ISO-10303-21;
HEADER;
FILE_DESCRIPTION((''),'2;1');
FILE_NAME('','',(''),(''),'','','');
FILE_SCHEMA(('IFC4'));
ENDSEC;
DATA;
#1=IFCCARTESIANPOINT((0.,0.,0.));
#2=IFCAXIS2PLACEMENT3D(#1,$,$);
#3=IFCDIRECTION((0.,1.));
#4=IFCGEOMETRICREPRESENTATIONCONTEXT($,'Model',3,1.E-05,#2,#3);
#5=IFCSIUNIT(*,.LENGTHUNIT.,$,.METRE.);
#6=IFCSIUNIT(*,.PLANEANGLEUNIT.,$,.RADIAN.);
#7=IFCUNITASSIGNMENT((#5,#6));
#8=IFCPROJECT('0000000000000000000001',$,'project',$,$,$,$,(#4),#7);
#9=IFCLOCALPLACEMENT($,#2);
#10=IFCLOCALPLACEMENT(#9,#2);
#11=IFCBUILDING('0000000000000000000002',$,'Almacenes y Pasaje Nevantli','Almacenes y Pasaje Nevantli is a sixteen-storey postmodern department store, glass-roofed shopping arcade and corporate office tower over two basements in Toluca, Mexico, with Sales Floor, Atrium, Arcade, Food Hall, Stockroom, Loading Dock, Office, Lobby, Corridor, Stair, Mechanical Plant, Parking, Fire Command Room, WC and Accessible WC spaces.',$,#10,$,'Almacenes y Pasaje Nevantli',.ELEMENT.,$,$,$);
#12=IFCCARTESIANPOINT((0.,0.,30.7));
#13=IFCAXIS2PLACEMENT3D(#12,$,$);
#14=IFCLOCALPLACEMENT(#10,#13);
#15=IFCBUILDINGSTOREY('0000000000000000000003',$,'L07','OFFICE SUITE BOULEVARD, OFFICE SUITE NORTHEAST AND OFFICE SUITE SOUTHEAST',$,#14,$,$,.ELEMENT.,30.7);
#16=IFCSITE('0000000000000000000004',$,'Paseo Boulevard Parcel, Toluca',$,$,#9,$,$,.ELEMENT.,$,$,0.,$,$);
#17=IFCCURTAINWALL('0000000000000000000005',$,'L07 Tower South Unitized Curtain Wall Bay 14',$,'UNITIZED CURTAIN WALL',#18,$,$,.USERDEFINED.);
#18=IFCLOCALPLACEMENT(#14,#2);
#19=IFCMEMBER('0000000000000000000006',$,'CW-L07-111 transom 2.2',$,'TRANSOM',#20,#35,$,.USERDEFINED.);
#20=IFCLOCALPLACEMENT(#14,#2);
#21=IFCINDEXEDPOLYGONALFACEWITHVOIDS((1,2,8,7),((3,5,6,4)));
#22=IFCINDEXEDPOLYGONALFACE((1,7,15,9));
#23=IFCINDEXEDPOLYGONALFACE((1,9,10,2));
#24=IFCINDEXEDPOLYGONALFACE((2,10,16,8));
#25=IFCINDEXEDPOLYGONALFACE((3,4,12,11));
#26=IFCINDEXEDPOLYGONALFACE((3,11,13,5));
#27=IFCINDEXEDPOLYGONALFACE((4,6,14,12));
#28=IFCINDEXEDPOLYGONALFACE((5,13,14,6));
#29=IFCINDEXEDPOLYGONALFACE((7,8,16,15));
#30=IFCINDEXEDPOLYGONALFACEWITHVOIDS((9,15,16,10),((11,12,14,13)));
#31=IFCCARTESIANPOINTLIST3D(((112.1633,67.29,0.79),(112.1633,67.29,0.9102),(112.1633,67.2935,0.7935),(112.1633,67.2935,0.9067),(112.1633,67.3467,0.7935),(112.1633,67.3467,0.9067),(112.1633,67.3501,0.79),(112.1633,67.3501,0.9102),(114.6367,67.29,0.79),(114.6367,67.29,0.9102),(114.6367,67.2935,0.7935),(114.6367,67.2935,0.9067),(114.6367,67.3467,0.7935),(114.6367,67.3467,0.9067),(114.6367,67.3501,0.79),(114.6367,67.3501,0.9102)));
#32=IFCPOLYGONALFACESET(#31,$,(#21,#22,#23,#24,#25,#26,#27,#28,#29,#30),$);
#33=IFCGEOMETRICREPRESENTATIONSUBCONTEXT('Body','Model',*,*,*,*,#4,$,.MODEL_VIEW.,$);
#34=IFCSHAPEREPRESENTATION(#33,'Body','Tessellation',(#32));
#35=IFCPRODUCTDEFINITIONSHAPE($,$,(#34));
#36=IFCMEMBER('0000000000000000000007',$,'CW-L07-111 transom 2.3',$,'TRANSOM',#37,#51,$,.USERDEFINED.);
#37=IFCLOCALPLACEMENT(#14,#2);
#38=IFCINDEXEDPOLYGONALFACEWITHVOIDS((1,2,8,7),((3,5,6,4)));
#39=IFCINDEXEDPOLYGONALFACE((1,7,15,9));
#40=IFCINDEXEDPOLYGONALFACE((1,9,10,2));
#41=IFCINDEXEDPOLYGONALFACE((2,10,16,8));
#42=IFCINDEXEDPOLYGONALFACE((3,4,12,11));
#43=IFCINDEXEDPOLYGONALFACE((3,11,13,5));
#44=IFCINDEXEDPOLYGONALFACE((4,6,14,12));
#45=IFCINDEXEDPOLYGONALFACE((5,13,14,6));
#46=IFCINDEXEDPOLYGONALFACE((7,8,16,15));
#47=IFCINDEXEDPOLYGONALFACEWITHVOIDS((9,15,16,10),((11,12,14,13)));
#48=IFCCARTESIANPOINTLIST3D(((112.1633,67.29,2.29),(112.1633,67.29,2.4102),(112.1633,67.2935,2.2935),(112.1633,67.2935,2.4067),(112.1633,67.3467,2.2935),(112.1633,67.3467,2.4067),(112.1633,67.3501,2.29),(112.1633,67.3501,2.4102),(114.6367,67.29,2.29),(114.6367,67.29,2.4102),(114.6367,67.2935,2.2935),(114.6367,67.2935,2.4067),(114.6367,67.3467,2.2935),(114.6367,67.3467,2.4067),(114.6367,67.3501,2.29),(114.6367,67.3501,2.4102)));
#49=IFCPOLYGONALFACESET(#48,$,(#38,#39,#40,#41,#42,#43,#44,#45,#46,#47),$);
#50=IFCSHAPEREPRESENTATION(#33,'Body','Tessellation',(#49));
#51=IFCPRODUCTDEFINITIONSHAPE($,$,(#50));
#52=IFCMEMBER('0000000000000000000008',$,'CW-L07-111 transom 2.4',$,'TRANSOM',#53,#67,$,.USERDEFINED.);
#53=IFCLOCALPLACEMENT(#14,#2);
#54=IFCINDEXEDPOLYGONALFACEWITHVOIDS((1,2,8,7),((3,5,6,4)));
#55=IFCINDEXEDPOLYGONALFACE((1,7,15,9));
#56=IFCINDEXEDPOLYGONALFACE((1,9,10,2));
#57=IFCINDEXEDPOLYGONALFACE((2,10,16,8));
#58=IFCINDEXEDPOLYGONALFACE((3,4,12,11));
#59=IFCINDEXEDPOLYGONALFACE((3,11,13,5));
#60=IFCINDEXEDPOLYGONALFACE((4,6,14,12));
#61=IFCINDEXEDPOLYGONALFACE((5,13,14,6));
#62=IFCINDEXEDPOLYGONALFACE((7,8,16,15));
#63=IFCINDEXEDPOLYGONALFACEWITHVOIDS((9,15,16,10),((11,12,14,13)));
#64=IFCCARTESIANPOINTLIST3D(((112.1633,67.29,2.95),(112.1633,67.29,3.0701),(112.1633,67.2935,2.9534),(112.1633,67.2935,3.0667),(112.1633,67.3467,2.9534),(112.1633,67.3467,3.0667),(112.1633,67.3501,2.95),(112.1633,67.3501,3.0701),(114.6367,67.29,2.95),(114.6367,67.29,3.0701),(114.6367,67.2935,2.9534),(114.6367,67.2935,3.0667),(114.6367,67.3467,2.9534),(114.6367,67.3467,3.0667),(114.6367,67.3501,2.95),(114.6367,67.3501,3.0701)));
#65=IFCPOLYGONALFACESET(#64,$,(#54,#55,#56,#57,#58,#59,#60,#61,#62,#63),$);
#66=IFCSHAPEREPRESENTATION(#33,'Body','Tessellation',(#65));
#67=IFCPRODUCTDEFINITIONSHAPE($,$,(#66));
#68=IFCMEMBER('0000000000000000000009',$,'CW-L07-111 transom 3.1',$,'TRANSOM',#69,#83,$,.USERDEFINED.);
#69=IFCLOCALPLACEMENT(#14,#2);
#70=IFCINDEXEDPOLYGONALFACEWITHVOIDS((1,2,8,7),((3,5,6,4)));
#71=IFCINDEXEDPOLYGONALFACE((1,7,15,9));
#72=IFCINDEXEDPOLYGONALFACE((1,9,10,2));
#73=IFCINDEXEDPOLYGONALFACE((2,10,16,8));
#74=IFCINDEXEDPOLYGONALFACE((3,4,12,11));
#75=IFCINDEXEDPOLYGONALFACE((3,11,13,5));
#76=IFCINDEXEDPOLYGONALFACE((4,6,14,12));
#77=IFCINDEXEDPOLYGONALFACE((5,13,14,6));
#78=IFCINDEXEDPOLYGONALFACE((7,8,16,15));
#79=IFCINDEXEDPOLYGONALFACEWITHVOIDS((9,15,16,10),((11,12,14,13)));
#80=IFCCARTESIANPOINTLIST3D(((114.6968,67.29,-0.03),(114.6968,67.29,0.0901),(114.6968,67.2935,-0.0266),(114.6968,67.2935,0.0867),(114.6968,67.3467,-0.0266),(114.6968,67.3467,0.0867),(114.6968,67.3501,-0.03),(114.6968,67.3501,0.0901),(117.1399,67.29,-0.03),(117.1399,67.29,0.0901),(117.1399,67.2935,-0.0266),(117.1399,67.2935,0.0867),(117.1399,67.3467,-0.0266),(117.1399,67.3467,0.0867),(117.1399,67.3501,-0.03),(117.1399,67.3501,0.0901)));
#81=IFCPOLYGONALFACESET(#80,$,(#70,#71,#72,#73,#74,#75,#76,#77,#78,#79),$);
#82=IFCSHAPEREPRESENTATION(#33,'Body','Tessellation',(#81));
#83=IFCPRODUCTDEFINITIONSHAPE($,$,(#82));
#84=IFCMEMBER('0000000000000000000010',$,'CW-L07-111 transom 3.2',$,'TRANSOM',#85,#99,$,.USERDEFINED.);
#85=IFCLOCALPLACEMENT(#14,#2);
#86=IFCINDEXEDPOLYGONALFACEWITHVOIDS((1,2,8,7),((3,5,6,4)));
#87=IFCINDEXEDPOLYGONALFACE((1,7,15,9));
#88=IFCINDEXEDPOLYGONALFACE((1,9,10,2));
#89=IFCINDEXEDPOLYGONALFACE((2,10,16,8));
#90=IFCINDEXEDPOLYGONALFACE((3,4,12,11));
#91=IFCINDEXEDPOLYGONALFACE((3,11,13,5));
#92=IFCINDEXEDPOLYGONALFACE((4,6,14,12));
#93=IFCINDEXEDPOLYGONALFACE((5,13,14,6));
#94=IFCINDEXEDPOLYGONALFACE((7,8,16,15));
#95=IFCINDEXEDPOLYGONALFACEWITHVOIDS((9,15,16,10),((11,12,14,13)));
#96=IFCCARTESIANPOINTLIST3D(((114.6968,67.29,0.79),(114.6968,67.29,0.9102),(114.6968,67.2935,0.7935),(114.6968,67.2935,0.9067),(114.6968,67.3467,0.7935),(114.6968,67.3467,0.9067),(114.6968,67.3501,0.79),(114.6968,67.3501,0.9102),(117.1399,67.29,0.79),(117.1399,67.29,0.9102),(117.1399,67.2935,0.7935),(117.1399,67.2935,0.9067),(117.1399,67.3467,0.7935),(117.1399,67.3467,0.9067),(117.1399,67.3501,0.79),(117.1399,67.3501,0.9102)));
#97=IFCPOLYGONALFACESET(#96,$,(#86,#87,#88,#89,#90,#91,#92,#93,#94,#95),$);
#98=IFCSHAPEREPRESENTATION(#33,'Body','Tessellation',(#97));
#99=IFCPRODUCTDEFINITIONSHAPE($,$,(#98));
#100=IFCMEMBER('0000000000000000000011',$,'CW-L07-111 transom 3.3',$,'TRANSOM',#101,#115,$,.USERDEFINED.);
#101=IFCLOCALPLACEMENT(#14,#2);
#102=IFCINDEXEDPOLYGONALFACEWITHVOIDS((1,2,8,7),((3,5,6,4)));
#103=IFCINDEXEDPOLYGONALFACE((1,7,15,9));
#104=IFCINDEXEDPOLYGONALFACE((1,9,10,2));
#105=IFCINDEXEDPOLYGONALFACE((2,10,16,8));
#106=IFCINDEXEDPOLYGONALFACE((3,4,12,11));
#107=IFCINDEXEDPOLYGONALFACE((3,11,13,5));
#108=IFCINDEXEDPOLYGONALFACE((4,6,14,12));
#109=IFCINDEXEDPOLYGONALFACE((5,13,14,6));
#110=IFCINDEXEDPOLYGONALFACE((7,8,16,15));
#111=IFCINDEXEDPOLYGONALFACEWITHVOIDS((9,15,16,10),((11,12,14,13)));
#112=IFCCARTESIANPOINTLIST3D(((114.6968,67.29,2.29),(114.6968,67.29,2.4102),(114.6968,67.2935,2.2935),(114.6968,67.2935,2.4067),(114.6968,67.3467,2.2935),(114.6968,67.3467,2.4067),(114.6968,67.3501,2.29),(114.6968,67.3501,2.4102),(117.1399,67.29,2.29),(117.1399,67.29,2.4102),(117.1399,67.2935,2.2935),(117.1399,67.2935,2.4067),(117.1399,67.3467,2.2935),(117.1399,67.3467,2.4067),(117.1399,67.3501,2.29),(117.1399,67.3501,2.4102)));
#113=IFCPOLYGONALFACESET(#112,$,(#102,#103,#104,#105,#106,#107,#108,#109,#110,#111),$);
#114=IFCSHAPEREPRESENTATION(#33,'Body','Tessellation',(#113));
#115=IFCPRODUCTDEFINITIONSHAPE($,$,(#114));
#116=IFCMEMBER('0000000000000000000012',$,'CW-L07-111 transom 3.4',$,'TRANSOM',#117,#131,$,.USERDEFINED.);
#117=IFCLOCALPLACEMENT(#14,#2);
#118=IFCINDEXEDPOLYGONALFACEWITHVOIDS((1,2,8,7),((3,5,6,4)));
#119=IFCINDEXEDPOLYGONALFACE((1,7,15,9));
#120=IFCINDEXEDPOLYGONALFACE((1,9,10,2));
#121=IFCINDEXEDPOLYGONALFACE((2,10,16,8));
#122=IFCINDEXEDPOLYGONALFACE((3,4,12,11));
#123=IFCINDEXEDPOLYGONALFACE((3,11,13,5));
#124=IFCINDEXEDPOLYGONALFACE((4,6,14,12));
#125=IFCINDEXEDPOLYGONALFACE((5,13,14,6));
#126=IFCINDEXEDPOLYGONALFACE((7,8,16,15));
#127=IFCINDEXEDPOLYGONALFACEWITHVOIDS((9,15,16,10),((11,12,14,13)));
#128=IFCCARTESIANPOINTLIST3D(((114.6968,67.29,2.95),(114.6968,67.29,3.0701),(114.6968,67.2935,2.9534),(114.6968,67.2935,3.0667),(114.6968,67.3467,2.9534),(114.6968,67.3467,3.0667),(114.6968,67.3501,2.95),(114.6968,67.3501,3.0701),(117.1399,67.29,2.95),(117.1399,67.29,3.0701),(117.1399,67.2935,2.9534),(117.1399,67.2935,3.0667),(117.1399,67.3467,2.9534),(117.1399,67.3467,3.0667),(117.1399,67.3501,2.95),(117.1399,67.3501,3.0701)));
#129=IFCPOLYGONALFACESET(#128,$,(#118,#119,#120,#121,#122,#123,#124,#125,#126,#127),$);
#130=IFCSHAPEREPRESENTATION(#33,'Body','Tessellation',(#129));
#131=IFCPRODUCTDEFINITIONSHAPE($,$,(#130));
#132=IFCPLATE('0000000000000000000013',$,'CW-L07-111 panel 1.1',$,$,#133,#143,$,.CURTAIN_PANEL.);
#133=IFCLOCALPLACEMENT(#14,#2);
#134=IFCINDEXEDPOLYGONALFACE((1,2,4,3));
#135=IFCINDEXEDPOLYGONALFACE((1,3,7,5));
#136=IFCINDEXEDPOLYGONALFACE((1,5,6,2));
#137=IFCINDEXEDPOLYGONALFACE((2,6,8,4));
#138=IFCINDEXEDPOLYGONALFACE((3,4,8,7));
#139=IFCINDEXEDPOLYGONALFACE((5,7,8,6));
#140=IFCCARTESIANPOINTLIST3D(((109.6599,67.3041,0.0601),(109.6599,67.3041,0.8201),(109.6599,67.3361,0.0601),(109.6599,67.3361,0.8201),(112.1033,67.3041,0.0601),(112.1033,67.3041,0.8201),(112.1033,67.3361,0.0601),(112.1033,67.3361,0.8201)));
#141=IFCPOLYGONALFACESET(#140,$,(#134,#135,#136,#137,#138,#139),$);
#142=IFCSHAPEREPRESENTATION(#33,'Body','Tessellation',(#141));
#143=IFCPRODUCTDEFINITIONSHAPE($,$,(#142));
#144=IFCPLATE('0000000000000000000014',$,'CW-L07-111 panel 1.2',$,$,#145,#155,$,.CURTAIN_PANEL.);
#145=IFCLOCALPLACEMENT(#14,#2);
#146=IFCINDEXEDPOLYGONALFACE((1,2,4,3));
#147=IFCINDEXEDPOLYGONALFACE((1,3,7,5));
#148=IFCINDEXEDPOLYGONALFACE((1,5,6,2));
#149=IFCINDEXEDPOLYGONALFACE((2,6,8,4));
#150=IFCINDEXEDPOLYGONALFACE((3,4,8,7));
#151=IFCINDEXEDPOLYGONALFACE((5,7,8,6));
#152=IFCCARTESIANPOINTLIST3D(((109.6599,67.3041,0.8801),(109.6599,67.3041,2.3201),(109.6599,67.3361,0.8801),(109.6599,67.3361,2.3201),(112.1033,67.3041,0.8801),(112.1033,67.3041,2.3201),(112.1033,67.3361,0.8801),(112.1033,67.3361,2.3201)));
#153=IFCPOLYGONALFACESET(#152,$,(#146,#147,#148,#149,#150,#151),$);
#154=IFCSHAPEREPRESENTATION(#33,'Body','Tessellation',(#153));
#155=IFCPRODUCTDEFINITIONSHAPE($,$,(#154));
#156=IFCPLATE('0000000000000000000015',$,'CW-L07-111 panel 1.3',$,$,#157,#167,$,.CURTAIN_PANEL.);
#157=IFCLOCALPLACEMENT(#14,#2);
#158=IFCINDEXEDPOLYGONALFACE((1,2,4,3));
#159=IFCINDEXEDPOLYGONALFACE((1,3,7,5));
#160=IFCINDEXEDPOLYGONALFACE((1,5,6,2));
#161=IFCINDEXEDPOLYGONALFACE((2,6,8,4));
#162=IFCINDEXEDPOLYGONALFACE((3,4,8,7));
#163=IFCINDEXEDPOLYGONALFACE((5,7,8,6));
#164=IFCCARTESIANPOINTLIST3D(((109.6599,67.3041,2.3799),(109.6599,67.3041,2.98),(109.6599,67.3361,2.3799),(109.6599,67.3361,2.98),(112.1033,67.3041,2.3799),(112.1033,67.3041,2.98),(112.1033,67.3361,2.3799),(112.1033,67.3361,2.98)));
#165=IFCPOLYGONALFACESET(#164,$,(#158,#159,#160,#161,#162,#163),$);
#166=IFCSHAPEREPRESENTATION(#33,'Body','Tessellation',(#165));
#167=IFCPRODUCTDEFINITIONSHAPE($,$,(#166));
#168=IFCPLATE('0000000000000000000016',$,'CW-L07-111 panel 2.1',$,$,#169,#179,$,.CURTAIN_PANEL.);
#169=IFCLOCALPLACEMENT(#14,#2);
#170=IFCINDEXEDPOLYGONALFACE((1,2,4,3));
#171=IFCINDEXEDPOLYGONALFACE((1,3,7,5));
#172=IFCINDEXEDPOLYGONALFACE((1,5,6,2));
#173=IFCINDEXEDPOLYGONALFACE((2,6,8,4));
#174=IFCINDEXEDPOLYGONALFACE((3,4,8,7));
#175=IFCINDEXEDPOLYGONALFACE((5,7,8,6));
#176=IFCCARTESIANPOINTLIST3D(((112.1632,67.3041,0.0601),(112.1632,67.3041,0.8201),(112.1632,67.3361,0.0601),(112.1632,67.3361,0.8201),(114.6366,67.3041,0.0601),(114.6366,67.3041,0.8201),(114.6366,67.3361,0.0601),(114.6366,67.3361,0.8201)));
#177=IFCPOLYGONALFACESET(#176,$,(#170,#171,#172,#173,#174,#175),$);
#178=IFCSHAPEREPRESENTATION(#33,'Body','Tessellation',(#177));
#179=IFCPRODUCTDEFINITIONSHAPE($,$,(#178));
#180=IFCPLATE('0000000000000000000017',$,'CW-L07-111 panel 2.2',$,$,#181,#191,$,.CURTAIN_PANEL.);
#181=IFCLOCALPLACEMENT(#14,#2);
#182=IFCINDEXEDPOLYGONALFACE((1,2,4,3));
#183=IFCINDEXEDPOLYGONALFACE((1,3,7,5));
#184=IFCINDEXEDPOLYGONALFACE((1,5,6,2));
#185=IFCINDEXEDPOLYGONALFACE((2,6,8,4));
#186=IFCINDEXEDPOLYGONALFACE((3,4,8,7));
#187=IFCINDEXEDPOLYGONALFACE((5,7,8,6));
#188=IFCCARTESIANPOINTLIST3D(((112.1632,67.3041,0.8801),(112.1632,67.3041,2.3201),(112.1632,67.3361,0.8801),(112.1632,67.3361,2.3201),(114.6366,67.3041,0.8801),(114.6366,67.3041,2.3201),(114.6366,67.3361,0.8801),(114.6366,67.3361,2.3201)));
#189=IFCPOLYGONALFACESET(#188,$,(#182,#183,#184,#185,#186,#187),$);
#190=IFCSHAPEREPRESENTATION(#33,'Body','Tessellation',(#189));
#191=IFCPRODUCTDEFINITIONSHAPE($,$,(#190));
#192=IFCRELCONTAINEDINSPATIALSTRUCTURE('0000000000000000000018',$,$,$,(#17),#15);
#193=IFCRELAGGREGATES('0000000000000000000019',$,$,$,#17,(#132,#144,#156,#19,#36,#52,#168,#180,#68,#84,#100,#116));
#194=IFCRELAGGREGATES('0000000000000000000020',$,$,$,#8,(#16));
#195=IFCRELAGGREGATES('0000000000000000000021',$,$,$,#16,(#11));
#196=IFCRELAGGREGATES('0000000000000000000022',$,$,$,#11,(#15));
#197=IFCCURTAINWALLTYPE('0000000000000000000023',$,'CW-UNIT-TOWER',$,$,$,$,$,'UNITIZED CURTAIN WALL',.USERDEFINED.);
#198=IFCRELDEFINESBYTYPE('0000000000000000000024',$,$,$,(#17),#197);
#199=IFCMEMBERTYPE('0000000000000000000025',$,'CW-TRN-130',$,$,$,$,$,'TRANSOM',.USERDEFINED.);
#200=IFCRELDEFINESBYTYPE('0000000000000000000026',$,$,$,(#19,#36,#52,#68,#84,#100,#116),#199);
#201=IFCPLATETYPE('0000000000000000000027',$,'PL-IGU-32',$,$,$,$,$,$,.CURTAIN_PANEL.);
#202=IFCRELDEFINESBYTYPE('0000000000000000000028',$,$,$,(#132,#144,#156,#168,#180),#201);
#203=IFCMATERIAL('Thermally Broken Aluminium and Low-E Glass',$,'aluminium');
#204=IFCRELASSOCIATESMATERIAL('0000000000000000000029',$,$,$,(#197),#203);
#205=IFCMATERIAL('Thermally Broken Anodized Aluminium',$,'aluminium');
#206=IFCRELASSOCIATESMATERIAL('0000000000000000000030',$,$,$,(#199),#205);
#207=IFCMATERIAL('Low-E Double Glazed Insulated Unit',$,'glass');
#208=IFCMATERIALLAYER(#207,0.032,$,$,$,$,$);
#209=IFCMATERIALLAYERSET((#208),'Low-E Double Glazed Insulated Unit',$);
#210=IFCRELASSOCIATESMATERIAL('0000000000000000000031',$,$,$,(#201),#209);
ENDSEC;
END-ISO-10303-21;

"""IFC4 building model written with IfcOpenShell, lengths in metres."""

from ifc_helpers import new_model, si_unit, direction, frame, origin, origin_2d, place, context, subcontext, project, spatial, rectangle, hollow_rectangle, extrude, material, layer, layer_set, material_profile, profile_set, type_object, element, aggregate, save


model = new_model("IFC4")

# Units and contexts
model_context = context("Model", 3, precision=1e-05, world=origin(), true_north=direction((0.0, 1.0)))
body_context = subcontext(model_context, "Body", "Model", "MODEL_VIEW")
ifc_project = project(units=[si_unit("LENGTHUNIT", "METRE"), si_unit("PLANEANGLEUNIT", "RADIAN")], contexts=[model_context])

# Site, building, storey
site_placement = place(None, origin())
site = spatial("IfcSite", under=ifc_project, at=site_placement, Name="Paseo Boulevard Parcel, Toluca", CompositionType="ELEMENT", RefElevation=0.0)
building_placement = place(site_placement, origin())
building = spatial("IfcBuilding", under=site, at=building_placement, Name="Almacenes y Pasaje Nevantli", Description="Almacenes y Pasaje Nevantli is a sixteen-storey postmodern department store, glass-roofed shopping arcade and corporate office tower over two basements in Toluca, Mexico, with Sales Floor, Atrium, Arcade, Food Hall, Stockroom, Loading Dock, Office, Lobby, Corridor, Stair, Mechanical Plant, Parking, Fire Command Room, WC and Accessible WC spaces.", LongName="Almacenes y Pasaje Nevantli", CompositionType="ELEMENT")
storey_placement = place(building_placement, frame((0.0, 0.0, 30.7)))
storey = spatial("IfcBuildingStorey", under=building, at=storey_placement, Name="L07", Description="OFFICE SUITE BOULEVARD, OFFICE SUITE NORTHEAST AND OFFICE SUITE SOUTHEAST", CompositionType="ELEMENT", Elevation=30.7)

# Curtain wall, members, plates
ifc_material_1 = material(Name="Thermally Broken Aluminium and Low-E Glass", Category="aluminium")
curtain_wall_type = type_object("IfcCurtainWallType", Name="CW-UNIT-TOWER", ElementType="UNITIZED CURTAIN WALL", PredefinedType="USERDEFINED", material=ifc_material_1)
curtain_wall_placement = place(storey_placement, origin())
curtain_wall = element("IfcCurtainWall", 1, at=curtain_wall_placement, inside=storey, type_object=curtain_wall_type, Name="L07 Tower South Unitized Curtain Wall Bay 14", ObjectType="UNITIZED CURTAIN WALL", PredefinedType="USERDEFINED")
ifc_material_2 = material(Name="Thermally Broken Anodized Aluminium", Category="aluminium")
ifc_material_profile_1 = material_profile(ifc_material_2, hollow_rectangle(XDim=0.0601, YDim=0.1201, WallThickness=0.0034, at=origin_2d()), Name="ALU-TRN-60x120")
ifc_profile_set_1 = profile_set([ifc_material_profile_1], Name="Thermally Broken Anodized Aluminium")
member_type_1 = type_object("IfcMemberType", Name="CW-TRN-130", ElementType="TRANSOM", PredefinedType="USERDEFINED", material=ifc_profile_set_1)
member_1_placement = place(storey_placement, frame((112.1633, 67.3201, 0.8501), z_axis=(1.0, 0.0, 0.0), x_axis=(0.0, 1.0, 0.0)))
member_1 = element("IfcMember", 2, at=member_1_placement, type_object=member_type_1, Name="CW-L07-111 transom 2.2", ObjectType="TRANSOM", PredefinedType="USERDEFINED", context=body_context, shape_type="SweptSolid", body=[
    extrude(hollow_rectangle(XDim=0.0601, YDim=0.1201, WallThickness=0.0034, at=origin_2d()), origin(), (0.0, 0.0, 1.0), 2.4734),
])
member_2_placement = place(storey_placement, frame((112.1633, 67.3201, 2.3501), z_axis=(1.0, 0.0, 0.0), x_axis=(0.0, 1.0, 0.0)))
member_2 = element("IfcMember", 3, at=member_2_placement, type_object=member_type_1, Name="CW-L07-111 transom 2.3", ObjectType="TRANSOM", PredefinedType="USERDEFINED", context=body_context, shape_type="SweptSolid", body=[
    extrude(hollow_rectangle(XDim=0.0601, YDim=0.1201, WallThickness=0.0034, at=origin_2d()), origin(), (0.0, 0.0, 1.0), 2.4734),
])
member_3_placement = place(storey_placement, frame((112.1633, 67.3201, 3.01), z_axis=(1.0, 0.0, 0.0), x_axis=(0.0, 1.0, 0.0)))
member_3 = element("IfcMember", 4, at=member_3_placement, type_object=member_type_1, Name="CW-L07-111 transom 2.4", ObjectType="TRANSOM", PredefinedType="USERDEFINED", context=body_context, shape_type="SweptSolid", body=[
    extrude(hollow_rectangle(XDim=0.0601, YDim=0.1201, WallThickness=0.0034, at=origin_2d()), origin(), (0.0, 0.0, 1.0), 2.4734),
])
member_4_placement = place(storey_placement, frame((114.6968, 67.3201, 0.03), z_axis=(1.0, 0.0, 0.0), x_axis=(0.0, 1.0, 0.0)))
member_4 = element("IfcMember", 5, at=member_4_placement, type_object=member_type_1, Name="CW-L07-111 transom 3.1", ObjectType="TRANSOM", PredefinedType="USERDEFINED", context=body_context, shape_type="SweptSolid", body=[
    extrude(hollow_rectangle(XDim=0.0601, YDim=0.1201, WallThickness=0.0034, at=origin_2d()), origin(), (0.0, 0.0, 1.0), 2.4431),
])
member_5_placement = place(storey_placement, frame((114.6968, 67.3201, 0.8501), z_axis=(1.0, 0.0, 0.0), x_axis=(0.0, 1.0, 0.0)))
member_5 = element("IfcMember", 6, at=member_5_placement, type_object=member_type_1, Name="CW-L07-111 transom 3.2", ObjectType="TRANSOM", PredefinedType="USERDEFINED", context=body_context, shape_type="SweptSolid", body=[
    extrude(hollow_rectangle(XDim=0.0601, YDim=0.1201, WallThickness=0.0034, at=origin_2d()), origin(), (0.0, 0.0, 1.0), 2.4431),
])
member_6_placement = place(storey_placement, frame((114.6968, 67.3201, 2.3501), z_axis=(1.0, 0.0, 0.0), x_axis=(0.0, 1.0, 0.0)))
member_6 = element("IfcMember", 7, at=member_6_placement, type_object=member_type_1, Name="CW-L07-111 transom 3.3", ObjectType="TRANSOM", PredefinedType="USERDEFINED", context=body_context, shape_type="SweptSolid", body=[
    extrude(hollow_rectangle(XDim=0.0601, YDim=0.1201, WallThickness=0.0034, at=origin_2d()), origin(), (0.0, 0.0, 1.0), 2.4431),
])
member_7_placement = place(storey_placement, frame((114.6968, 67.3201, 3.01), z_axis=(1.0, 0.0, 0.0), x_axis=(0.0, 1.0, 0.0)))
member_7 = element("IfcMember", 8, at=member_7_placement, type_object=member_type_1, Name="CW-L07-111 transom 3.4", ObjectType="TRANSOM", PredefinedType="USERDEFINED", context=body_context, shape_type="SweptSolid", body=[
    extrude(hollow_rectangle(XDim=0.0601, YDim=0.1201, WallThickness=0.0034, at=origin_2d()), origin(), (0.0, 0.0, 1.0), 2.4431),
])
ifc_material_3 = material(Name="Low-E Double Glazed Insulated Unit", Category="glass")
ifc_layer_1 = layer(ifc_material_3, 0.032)
ifc_layer_set_1 = layer_set([ifc_layer_1], Name="Low-E Double Glazed Insulated Unit")
plate_type = type_object("IfcPlateType", Name="PL-IGU-32", PredefinedType="CURTAIN_PANEL", material=ifc_layer_set_1)
plate_1_placement = place(storey_placement, frame((110.8816, 67.3201, 0.0601), z_axis=(0.0, 0.0, 1.0), x_axis=(1.0, 0.0, 0.0)))
plate_1 = element("IfcPlate", 9, at=plate_1_placement, type_object=plate_type, Name="CW-L07-111 panel 1.1", PredefinedType="CURTAIN_PANEL", context=body_context, shape_type="SweptSolid", body=[
    extrude(rectangle(XDim=2.4434, YDim=0.032, at=origin_2d()), origin(), (0.0, 0.0, 1.0), 0.76),
])
plate_2_placement = place(storey_placement, frame((110.8816, 67.3201, 0.8801), z_axis=(0.0, 0.0, 1.0), x_axis=(1.0, 0.0, 0.0)))
plate_2 = element("IfcPlate", 10, at=plate_2_placement, type_object=plate_type, Name="CW-L07-111 panel 1.2", PredefinedType="CURTAIN_PANEL", context=body_context, shape_type="SweptSolid", body=[
    extrude(rectangle(XDim=2.4434, YDim=0.032, at=origin_2d()), origin(), (0.0, 0.0, 1.0), 1.4399),
])
plate_3_placement = place(storey_placement, frame((110.8816, 67.3201, 2.3799), z_axis=(0.0, 0.0, 1.0), x_axis=(1.0, 0.0, 0.0)))
plate_3 = element("IfcPlate", 11, at=plate_3_placement, type_object=plate_type, Name="CW-L07-111 panel 1.3", PredefinedType="CURTAIN_PANEL", context=body_context, shape_type="SweptSolid", body=[
    extrude(rectangle(XDim=2.4434, YDim=0.032, at=origin_2d()), origin(), (0.0, 0.0, 1.0), 0.6001),
])
plate_4_placement = place(storey_placement, frame((113.3999, 67.3201, 0.0601), z_axis=(0.0, 0.0, 1.0), x_axis=(1.0, 0.0, 0.0)))
plate_4 = element("IfcPlate", 12, at=plate_4_placement, type_object=plate_type, Name="CW-L07-111 panel 2.1", PredefinedType="CURTAIN_PANEL", context=body_context, shape_type="SweptSolid", body=[
    extrude(rectangle(XDim=2.4734, YDim=0.032, at=origin_2d()), origin(), (0.0, 0.0, 1.0), 0.76),
])
plate_5_placement = place(storey_placement, frame((113.3999, 67.3201, 0.8801), z_axis=(0.0, 0.0, 1.0), x_axis=(1.0, 0.0, 0.0)))
plate_5 = element("IfcPlate", 13, at=plate_5_placement, type_object=plate_type, Name="CW-L07-111 panel 2.2", PredefinedType="CURTAIN_PANEL", context=body_context, shape_type="SweptSolid", body=[
    extrude(rectangle(XDim=2.4734, YDim=0.032, at=origin_2d()), origin(), (0.0, 0.0, 1.0), 1.4399),
])
aggregate(curtain_wall, [plate_1, plate_2, plate_3, member_1, member_2, member_3, plate_4, plate_5, member_4, member_5, member_6, member_7])

save(model, "model.ifc")
